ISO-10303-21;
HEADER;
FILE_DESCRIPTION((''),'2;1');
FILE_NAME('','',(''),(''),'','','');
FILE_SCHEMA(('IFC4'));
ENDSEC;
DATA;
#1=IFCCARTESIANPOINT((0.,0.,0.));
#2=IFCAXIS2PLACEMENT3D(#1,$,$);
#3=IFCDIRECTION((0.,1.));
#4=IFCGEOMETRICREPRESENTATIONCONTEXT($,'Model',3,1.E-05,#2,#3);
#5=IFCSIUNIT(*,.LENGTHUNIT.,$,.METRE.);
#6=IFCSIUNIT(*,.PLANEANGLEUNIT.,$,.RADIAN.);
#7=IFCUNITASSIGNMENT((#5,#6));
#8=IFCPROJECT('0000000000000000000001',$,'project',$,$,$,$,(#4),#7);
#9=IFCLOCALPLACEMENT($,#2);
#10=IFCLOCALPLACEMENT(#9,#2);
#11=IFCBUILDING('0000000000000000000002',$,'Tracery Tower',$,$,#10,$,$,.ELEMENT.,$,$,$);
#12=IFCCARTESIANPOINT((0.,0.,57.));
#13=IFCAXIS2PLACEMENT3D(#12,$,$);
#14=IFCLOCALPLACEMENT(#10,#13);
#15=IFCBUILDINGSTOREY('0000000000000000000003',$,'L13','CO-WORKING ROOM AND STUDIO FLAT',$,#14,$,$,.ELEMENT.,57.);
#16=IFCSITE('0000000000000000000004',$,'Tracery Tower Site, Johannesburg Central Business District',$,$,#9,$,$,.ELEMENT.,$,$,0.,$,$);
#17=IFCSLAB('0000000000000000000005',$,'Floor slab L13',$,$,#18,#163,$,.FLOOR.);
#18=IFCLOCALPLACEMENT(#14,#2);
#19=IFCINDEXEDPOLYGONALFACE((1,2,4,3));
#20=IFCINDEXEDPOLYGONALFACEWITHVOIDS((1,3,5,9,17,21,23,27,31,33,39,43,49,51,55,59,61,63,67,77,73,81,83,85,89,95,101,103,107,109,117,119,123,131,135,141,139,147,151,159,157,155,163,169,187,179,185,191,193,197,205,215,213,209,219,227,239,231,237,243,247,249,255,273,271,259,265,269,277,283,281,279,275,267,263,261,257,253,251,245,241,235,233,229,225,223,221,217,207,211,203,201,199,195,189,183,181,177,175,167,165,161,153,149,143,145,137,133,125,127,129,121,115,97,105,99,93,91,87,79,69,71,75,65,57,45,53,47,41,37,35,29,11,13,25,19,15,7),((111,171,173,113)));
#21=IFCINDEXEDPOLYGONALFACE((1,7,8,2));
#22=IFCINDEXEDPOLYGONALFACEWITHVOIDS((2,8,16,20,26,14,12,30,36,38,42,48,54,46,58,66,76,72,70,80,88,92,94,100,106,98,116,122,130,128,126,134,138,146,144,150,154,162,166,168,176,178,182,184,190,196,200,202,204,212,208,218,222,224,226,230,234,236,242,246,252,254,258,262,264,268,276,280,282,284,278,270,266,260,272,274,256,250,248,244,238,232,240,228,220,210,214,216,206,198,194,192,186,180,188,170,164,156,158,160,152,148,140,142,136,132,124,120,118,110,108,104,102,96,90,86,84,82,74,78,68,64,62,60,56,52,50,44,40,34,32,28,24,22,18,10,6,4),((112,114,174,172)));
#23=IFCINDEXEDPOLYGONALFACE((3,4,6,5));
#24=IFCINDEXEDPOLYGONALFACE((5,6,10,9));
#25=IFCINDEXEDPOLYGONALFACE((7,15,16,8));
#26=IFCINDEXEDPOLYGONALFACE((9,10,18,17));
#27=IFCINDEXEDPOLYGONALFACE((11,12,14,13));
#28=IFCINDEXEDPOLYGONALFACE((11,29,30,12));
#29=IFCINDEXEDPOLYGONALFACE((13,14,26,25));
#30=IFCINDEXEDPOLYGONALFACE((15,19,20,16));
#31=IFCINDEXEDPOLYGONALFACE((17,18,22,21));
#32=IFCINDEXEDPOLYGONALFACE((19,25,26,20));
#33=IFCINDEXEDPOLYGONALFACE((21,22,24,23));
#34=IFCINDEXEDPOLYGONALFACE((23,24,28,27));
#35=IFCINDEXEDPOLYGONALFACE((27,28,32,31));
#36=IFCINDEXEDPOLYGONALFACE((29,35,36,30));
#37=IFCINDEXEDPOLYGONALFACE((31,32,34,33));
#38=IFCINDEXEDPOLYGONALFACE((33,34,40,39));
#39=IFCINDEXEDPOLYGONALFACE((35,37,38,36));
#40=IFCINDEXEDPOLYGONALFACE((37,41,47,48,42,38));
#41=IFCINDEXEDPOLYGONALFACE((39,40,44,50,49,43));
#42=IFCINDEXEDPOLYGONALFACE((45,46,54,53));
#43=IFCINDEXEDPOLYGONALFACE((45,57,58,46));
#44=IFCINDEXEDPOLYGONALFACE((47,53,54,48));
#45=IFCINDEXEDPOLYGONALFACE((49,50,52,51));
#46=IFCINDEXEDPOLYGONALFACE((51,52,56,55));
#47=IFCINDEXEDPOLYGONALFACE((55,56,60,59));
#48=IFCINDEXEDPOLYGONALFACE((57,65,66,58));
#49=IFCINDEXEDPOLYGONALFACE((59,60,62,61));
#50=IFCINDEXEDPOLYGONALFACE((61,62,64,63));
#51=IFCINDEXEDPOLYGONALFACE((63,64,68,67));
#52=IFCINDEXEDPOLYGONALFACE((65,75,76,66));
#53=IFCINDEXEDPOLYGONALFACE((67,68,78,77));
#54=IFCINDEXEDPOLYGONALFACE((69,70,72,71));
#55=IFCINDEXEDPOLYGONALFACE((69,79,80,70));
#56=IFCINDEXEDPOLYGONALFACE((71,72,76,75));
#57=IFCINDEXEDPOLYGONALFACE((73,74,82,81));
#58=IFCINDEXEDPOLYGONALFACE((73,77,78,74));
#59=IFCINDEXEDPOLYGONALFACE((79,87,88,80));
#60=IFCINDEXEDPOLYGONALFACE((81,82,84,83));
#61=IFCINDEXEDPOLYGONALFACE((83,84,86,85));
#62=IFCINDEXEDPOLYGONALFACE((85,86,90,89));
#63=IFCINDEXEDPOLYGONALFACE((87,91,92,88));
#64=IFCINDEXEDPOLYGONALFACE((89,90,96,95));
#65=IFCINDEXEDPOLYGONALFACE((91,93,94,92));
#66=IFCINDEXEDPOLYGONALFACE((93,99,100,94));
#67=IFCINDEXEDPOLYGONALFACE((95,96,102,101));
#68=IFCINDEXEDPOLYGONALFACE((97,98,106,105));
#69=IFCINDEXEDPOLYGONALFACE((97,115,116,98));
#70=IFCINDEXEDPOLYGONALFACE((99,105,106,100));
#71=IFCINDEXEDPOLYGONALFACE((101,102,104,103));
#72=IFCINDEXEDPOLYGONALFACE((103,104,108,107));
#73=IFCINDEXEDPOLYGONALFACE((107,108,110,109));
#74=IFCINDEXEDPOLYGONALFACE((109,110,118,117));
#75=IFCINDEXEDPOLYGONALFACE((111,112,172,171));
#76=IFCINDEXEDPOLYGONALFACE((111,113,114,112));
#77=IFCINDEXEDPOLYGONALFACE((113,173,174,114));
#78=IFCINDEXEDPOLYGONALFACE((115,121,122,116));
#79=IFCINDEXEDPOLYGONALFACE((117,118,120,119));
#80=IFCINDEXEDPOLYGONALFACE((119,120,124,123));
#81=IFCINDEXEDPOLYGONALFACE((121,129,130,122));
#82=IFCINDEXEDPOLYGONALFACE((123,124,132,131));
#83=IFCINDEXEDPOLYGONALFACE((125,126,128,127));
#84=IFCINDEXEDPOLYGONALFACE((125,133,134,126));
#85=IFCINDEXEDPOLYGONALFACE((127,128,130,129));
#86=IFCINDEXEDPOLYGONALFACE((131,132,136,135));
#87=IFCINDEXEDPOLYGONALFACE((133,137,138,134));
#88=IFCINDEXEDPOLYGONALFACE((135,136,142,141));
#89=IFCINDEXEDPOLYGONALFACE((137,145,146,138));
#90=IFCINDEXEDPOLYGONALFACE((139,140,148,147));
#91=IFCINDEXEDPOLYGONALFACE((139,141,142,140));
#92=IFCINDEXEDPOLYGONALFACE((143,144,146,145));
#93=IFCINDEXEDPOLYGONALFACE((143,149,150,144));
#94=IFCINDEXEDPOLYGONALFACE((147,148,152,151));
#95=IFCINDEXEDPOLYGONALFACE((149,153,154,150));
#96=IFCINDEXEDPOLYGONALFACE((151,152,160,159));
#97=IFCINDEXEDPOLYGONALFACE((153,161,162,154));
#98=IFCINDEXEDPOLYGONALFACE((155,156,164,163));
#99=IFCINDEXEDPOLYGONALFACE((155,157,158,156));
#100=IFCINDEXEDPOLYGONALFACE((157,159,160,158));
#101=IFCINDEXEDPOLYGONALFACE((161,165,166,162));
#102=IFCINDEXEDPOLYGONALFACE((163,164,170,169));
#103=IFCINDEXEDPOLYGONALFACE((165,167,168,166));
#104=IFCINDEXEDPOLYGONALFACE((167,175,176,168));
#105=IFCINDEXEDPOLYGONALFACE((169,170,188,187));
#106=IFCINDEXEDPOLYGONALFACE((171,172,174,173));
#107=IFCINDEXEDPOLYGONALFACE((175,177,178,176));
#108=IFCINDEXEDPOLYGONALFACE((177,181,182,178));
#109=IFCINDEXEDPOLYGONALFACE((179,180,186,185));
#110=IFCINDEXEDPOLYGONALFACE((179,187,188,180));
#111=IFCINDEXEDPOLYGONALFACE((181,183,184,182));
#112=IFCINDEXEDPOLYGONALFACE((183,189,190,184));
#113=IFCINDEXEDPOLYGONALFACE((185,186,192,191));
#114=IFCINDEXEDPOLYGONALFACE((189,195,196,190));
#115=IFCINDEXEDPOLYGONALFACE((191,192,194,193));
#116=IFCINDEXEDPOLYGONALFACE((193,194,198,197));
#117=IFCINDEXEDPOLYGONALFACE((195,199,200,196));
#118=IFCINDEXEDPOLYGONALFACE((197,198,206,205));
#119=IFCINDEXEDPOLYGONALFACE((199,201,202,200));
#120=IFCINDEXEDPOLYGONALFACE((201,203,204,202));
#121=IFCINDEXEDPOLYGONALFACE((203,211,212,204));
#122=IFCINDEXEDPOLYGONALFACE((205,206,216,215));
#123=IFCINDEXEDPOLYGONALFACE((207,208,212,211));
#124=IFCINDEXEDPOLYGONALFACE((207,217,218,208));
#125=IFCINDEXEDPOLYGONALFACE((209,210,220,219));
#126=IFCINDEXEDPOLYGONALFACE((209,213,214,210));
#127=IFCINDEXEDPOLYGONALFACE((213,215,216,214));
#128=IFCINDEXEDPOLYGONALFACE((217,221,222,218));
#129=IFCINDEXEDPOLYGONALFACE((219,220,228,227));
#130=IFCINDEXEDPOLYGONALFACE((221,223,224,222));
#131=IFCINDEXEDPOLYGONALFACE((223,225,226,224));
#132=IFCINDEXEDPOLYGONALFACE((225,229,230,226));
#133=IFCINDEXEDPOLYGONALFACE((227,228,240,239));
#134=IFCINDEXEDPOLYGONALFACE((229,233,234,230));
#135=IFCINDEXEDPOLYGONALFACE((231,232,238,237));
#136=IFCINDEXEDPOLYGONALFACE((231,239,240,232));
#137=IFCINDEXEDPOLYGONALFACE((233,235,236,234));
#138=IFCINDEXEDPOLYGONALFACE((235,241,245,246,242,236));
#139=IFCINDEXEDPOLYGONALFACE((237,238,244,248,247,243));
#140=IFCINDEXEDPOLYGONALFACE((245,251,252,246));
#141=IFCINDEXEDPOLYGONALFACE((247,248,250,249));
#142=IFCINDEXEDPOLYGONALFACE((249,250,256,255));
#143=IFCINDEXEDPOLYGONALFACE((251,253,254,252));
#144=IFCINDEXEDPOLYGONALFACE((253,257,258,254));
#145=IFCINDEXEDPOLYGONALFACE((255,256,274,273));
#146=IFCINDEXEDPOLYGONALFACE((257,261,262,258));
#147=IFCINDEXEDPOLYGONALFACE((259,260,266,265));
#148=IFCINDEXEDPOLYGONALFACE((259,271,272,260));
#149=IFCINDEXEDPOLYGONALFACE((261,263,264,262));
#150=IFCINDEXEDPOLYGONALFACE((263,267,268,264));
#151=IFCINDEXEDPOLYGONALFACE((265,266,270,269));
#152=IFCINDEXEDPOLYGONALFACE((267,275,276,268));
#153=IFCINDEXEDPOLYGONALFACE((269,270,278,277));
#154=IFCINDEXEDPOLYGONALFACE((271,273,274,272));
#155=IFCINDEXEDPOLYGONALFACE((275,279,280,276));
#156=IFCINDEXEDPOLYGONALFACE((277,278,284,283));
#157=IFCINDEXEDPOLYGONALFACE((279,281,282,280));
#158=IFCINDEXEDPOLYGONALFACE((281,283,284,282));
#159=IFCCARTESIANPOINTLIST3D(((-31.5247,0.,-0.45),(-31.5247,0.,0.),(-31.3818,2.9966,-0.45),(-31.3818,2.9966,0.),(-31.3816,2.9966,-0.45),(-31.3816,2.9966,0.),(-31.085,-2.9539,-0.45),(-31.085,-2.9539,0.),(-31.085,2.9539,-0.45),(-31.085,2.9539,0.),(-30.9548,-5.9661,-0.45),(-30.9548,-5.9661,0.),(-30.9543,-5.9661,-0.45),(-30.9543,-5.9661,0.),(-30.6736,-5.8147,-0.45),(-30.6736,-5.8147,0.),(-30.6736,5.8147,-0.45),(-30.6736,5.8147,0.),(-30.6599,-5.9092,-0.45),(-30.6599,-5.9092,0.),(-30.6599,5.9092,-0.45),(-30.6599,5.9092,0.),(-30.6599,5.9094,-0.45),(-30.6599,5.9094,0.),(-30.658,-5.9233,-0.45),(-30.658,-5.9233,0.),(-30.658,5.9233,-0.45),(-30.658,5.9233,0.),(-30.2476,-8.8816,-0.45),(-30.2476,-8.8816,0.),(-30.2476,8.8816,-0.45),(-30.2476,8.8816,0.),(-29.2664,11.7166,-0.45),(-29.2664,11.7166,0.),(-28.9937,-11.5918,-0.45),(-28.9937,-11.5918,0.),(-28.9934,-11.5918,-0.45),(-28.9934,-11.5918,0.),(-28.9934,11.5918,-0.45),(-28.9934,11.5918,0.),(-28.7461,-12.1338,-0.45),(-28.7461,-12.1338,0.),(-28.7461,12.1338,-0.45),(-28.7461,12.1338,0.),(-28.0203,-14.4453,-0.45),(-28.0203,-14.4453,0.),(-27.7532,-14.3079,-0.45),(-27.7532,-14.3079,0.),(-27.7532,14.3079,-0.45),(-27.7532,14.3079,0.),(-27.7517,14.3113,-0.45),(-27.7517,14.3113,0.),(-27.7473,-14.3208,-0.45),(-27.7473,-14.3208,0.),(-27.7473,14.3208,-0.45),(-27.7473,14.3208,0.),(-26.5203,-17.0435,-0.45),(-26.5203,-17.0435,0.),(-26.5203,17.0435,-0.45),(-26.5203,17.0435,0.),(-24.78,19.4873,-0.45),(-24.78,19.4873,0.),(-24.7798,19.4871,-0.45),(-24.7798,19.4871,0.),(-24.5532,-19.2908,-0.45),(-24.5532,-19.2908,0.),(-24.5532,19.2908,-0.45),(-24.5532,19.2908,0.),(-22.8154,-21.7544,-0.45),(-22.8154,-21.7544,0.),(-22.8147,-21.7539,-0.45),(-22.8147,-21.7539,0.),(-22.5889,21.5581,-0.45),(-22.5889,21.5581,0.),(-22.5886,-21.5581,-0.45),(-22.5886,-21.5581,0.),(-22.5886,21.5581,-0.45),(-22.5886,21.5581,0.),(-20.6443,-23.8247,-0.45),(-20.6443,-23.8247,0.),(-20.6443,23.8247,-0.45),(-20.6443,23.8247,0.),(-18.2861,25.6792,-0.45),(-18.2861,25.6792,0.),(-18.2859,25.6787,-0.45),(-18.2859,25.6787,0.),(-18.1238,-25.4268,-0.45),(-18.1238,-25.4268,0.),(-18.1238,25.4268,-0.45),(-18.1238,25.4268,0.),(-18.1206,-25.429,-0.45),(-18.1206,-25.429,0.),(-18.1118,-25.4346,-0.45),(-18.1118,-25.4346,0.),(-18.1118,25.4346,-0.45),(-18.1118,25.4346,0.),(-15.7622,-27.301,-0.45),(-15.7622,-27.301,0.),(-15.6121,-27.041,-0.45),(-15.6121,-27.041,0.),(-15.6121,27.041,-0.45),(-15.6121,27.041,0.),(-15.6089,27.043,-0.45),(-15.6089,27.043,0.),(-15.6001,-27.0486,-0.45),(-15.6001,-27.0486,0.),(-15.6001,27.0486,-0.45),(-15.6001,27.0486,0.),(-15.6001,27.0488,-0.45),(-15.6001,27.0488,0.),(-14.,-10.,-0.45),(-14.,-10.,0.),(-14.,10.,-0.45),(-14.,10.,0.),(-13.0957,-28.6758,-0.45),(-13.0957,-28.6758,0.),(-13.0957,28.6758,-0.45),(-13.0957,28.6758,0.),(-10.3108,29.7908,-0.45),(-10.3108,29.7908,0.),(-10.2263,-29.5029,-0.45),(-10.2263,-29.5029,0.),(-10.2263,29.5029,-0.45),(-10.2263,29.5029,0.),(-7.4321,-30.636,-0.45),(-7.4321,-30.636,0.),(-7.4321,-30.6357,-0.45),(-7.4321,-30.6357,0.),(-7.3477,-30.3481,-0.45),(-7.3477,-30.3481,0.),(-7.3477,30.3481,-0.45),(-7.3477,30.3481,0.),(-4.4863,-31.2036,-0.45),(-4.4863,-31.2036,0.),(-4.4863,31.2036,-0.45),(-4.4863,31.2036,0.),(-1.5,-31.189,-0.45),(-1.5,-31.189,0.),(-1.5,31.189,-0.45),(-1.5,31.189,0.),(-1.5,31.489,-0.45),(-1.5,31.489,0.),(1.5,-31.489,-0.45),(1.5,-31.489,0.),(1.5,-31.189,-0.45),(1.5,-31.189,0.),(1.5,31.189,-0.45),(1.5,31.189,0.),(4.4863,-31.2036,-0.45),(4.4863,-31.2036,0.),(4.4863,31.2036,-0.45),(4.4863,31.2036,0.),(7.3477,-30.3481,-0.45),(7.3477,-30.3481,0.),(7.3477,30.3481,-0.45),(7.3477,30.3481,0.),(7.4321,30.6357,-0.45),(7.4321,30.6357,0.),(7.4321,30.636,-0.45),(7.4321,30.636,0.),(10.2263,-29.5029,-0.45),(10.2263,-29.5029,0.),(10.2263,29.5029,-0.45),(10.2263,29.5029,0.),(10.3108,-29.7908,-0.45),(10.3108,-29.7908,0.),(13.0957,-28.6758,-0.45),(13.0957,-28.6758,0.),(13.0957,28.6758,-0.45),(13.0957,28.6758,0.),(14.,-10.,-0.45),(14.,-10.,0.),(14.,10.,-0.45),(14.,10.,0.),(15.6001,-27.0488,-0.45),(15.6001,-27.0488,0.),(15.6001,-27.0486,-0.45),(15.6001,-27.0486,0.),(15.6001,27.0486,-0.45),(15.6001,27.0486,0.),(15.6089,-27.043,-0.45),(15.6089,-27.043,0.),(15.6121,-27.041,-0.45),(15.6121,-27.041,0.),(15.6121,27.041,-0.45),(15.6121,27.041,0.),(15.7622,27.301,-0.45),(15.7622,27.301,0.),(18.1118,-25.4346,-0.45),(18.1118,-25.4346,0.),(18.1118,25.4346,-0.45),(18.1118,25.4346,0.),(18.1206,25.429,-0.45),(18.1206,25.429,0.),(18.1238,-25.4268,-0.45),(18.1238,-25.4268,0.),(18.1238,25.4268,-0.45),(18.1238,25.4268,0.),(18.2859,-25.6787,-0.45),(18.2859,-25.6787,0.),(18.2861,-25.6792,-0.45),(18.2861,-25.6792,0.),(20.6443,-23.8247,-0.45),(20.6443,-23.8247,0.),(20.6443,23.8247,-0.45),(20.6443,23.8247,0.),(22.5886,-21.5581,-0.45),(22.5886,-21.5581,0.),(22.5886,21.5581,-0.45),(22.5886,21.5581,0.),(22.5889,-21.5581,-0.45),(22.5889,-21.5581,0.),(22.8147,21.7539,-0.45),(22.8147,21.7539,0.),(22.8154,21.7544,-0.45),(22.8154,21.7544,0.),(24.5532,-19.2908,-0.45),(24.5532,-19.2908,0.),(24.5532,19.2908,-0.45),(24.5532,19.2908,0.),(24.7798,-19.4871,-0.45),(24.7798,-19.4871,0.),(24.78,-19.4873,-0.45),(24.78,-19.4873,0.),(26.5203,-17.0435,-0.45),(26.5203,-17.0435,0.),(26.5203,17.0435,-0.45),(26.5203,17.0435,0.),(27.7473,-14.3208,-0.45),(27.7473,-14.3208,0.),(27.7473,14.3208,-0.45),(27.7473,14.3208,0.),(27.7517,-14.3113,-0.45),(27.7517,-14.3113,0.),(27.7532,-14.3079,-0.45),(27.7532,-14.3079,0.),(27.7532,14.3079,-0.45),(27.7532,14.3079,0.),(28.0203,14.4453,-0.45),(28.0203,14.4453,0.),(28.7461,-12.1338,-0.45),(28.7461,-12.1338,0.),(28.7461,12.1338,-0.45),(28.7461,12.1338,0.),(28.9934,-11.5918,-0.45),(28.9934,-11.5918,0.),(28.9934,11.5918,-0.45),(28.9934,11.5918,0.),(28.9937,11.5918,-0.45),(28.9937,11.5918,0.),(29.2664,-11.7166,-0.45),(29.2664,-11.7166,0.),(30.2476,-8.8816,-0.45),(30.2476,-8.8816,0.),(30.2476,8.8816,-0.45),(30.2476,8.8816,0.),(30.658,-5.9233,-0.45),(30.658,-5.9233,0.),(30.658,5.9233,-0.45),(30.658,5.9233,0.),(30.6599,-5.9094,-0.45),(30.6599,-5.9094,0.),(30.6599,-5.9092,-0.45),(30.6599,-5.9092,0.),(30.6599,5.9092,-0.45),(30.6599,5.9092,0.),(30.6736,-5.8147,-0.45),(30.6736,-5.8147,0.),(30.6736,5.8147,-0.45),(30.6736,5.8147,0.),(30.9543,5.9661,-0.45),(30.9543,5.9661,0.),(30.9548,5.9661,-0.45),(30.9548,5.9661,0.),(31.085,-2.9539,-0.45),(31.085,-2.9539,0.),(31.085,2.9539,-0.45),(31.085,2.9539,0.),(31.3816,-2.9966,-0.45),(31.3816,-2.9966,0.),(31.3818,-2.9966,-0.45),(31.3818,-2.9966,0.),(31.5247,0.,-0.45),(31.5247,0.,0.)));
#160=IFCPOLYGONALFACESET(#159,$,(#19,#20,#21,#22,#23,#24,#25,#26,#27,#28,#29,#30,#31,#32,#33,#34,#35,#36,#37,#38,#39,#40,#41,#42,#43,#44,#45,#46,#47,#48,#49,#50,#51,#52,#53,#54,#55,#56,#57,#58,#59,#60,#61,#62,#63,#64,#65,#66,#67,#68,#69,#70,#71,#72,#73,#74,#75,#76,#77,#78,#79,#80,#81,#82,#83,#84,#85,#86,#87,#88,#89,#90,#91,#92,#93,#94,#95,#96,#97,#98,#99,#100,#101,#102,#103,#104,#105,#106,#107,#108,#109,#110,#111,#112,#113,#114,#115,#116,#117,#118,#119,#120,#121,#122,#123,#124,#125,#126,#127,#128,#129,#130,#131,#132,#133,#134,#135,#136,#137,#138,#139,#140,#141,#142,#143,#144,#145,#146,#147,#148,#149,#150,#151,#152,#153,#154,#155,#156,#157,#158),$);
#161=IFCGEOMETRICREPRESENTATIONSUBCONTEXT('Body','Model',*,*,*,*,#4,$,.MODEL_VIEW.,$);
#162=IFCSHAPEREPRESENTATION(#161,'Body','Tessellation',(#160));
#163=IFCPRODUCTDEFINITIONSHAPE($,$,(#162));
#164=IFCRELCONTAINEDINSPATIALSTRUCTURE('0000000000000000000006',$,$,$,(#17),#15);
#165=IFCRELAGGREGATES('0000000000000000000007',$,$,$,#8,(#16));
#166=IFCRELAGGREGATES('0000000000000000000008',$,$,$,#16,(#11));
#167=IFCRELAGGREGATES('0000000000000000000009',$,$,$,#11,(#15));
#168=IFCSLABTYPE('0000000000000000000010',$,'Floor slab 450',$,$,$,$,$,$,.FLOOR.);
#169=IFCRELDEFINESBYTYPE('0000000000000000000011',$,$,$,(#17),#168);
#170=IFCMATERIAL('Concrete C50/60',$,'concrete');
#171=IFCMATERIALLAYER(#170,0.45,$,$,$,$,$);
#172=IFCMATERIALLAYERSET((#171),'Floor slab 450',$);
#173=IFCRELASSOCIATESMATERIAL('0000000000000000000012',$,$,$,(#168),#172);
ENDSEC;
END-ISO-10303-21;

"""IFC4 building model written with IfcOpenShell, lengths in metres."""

from ifc_helpers import new_model, si_unit, direction, frame, origin, place, context, subcontext, project, spatial, polyline, outline, extrude, material, layer, layer_set, type_object, element, save


model = new_model("IFC4")

# Units and contexts
model_context = context("Model", 3, precision=1e-05, world=origin(), true_north=direction((0.0, 1.0)))
body_context = subcontext(model_context, "Body", "Model", "MODEL_VIEW")
ifc_project = project(units=[si_unit("LENGTHUNIT", "METRE"), si_unit("PLANEANGLEUNIT", "RADIAN")], contexts=[model_context])

# Site, building, storey
site_placement = place(None, origin())
site = spatial("IfcSite", under=ifc_project, at=site_placement, Name="Tracery Tower Site, Johannesburg Central Business District", CompositionType="ELEMENT", RefElevation=0.0)
building_placement = place(site_placement, origin())
building = spatial("IfcBuilding", under=site, at=building_placement, Name="Tracery Tower", CompositionType="ELEMENT")
storey_placement = place(building_placement, frame((0.0, 0.0, 57.0)))
storey = spatial("IfcBuildingStorey", under=building, at=storey_placement, Name="L13", Description="CO-WORKING ROOM AND STUDIO FLAT", CompositionType="ELEMENT", Elevation=57.0)

# Slab
ifc_material_1 = material(Name="Concrete C50/60", Category="concrete")
ifc_layer_1 = layer(ifc_material_1, 0.45)
ifc_layer_set_1 = layer_set([ifc_layer_1], Name="Floor slab 450")
slab_type = type_object("IfcSlabType", Name="Floor slab 450", PredefinedType="FLOOR", material=ifc_layer_set_1)
slab_placement = place(storey_placement, frame((0.0, 0.0, -0.45)))
element("IfcSlab", 1, at=slab_placement, inside=storey, type_object=slab_type, Name="Floor slab L13", PredefinedType="FLOOR", context=body_context, shape_type="SweptSolid", body=[
    extrude(outline(polyline([(31.085, 2.9539), (31.085, 2.9539), (30.6736, 5.8147), (30.6599, 5.9092), (30.6599, 5.9092), (30.658, 5.9233), (30.9543, 5.9661), (30.9548, 5.9661), (30.2476, 8.8816), (28.9937, 11.5918), (28.9934, 11.5918), (28.7461, 12.1338), (27.7532, 14.3079), (27.7532, 14.3079), (27.7473, 14.3208), (28.0203, 14.4453), (26.5203, 17.0435), (24.5532, 19.2908), (24.5532, 19.2908), (22.5886, 21.5581), (22.8147, 21.7539), (22.8154, 21.7544), (20.6443, 23.8247), (18.1238, 25.4268), (18.1238, 25.4268), (18.1206, 25.429), (18.1118, 25.4346), (15.6121, 27.041), (15.6121, 27.041), (15.6001, 27.0486), (15.7622, 27.301), (13.0957, 28.6758), (10.2263, 29.5029), (10.2263, 29.5029), (7.3477, 30.3481), (7.4321, 30.6357), (7.4321, 30.636), (4.4863, 31.2036), (1.5, 31.189), (1.5, 31.189), (-1.5, 31.189), (-1.5, 31.489), (-4.4863, 31.2036), (-7.3477, 30.3481), (-7.3477, 30.3481), (-10.2263, 29.5029), (-10.3108, 29.7908), (-10.3108, 29.7908), (-13.0957, 28.6758), (-15.6001, 27.0488), (-15.6001, 27.0486), (-15.6089, 27.043), (-15.6121, 27.041), (-18.1118, 25.4346), (-18.1118, 25.4346), (-18.1238, 25.4268), (-18.2859, 25.6787), (-18.2861, 25.6792), (-20.6443, 23.8247), (-22.5889, 21.5581), (-22.5886, 21.5581), (-24.5532, 19.2908), (-24.7798, 19.4871), (-24.78, 19.4873), (-26.5203, 17.0435), (-27.7473, 14.3208), (-27.7473, 14.3208), (-27.7517, 14.3113), (-27.7532, 14.3079), (-28.7461, 12.1338), (-28.9934, 11.5918), (-29.2664, 11.7166), (-30.2476, 8.8816), (-30.658, 5.9233), (-30.658, 5.9233), (-30.6599, 5.9094), (-30.6599, 5.9092), (-30.6736, 5.8147), (-31.085, 2.9539), (-31.3816, 2.9966), (-31.3818, 2.9966), (-31.5247, 0.0), (-31.085, -2.9539), (-31.085, -2.9539), (-30.6736, -5.8147), (-30.6599, -5.9092), (-30.6599, -5.9092), (-30.658, -5.9233), (-30.9543, -5.9661), (-30.9548, -5.9661), (-30.2476, -8.8816), (-28.9937, -11.5918), (-28.9934, -11.5918), (-28.7461, -12.1338), (-27.7532, -14.3079), (-27.7532, -14.3079), (-27.7473, -14.3208), (-28.0203, -14.4453), (-26.5203, -17.0435), (-24.5532, -19.2908), (-24.5532, -19.2908), (-22.5886, -21.5581), (-22.8147, -21.7539), (-22.8154, -21.7544), (-20.6443, -23.8247), (-18.1238, -25.4268), (-18.1238, -25.4268), (-18.1206, -25.429), (-18.1118, -25.4346), (-15.6121, -27.041), (-15.6121, -27.041), (-15.6001, -27.0486), (-15.7622, -27.301), (-13.0957, -28.6758), (-10.2263, -29.5029), (-10.2263, -29.5029), (-7.3477, -30.3481), (-7.4321, -30.6357), (-7.4321, -30.636), (-4.4863, -31.2036), (-1.5, -31.189), (-1.5, -31.189), (1.5, -31.189), (1.5, -31.489), (4.4863, -31.2036), (7.3477, -30.3481), (7.3477, -30.3481), (10.2263, -29.5029), (10.3108, -29.7908), (10.3108, -29.7908), (13.0957, -28.6758), (15.6001, -27.0488), (15.6001, -27.0486), (15.6089, -27.043), (15.6121, -27.041), (18.1118, -25.4346), (18.1118, -25.4346), (18.1238, -25.4268), (18.2859, -25.6787), (18.2861, -25.6792), (20.6443, -23.8247), (22.5889, -21.5581), (22.5886, -21.5581), (24.5532, -19.2908), (24.7798, -19.4871), (24.78, -19.4873), (26.5203, -17.0435), (27.7473, -14.3208), (27.7473, -14.3208), (27.7517, -14.3113), (27.7532, -14.3079), (28.7461, -12.1338), (28.9934, -11.5918), (29.2664, -11.7166), (30.2476, -8.8816), (30.658, -5.9233), (30.658, -5.9233), (30.6599, -5.9094), (30.6599, -5.9092), (30.6736, -5.8147), (31.085, -2.9539), (31.3816, -2.9966), (31.3818, -2.9966), (31.5247, 0.0), (31.085, 2.9539)]), holes=[polyline([(-14.0, -10.0), (14.0, -10.0), (14.0, 10.0), (-14.0, 10.0), (-14.0, -10.0)])]), origin(), (0.0, 0.0, 1.0), 0.45),
])

save(model, "model.ifc")
